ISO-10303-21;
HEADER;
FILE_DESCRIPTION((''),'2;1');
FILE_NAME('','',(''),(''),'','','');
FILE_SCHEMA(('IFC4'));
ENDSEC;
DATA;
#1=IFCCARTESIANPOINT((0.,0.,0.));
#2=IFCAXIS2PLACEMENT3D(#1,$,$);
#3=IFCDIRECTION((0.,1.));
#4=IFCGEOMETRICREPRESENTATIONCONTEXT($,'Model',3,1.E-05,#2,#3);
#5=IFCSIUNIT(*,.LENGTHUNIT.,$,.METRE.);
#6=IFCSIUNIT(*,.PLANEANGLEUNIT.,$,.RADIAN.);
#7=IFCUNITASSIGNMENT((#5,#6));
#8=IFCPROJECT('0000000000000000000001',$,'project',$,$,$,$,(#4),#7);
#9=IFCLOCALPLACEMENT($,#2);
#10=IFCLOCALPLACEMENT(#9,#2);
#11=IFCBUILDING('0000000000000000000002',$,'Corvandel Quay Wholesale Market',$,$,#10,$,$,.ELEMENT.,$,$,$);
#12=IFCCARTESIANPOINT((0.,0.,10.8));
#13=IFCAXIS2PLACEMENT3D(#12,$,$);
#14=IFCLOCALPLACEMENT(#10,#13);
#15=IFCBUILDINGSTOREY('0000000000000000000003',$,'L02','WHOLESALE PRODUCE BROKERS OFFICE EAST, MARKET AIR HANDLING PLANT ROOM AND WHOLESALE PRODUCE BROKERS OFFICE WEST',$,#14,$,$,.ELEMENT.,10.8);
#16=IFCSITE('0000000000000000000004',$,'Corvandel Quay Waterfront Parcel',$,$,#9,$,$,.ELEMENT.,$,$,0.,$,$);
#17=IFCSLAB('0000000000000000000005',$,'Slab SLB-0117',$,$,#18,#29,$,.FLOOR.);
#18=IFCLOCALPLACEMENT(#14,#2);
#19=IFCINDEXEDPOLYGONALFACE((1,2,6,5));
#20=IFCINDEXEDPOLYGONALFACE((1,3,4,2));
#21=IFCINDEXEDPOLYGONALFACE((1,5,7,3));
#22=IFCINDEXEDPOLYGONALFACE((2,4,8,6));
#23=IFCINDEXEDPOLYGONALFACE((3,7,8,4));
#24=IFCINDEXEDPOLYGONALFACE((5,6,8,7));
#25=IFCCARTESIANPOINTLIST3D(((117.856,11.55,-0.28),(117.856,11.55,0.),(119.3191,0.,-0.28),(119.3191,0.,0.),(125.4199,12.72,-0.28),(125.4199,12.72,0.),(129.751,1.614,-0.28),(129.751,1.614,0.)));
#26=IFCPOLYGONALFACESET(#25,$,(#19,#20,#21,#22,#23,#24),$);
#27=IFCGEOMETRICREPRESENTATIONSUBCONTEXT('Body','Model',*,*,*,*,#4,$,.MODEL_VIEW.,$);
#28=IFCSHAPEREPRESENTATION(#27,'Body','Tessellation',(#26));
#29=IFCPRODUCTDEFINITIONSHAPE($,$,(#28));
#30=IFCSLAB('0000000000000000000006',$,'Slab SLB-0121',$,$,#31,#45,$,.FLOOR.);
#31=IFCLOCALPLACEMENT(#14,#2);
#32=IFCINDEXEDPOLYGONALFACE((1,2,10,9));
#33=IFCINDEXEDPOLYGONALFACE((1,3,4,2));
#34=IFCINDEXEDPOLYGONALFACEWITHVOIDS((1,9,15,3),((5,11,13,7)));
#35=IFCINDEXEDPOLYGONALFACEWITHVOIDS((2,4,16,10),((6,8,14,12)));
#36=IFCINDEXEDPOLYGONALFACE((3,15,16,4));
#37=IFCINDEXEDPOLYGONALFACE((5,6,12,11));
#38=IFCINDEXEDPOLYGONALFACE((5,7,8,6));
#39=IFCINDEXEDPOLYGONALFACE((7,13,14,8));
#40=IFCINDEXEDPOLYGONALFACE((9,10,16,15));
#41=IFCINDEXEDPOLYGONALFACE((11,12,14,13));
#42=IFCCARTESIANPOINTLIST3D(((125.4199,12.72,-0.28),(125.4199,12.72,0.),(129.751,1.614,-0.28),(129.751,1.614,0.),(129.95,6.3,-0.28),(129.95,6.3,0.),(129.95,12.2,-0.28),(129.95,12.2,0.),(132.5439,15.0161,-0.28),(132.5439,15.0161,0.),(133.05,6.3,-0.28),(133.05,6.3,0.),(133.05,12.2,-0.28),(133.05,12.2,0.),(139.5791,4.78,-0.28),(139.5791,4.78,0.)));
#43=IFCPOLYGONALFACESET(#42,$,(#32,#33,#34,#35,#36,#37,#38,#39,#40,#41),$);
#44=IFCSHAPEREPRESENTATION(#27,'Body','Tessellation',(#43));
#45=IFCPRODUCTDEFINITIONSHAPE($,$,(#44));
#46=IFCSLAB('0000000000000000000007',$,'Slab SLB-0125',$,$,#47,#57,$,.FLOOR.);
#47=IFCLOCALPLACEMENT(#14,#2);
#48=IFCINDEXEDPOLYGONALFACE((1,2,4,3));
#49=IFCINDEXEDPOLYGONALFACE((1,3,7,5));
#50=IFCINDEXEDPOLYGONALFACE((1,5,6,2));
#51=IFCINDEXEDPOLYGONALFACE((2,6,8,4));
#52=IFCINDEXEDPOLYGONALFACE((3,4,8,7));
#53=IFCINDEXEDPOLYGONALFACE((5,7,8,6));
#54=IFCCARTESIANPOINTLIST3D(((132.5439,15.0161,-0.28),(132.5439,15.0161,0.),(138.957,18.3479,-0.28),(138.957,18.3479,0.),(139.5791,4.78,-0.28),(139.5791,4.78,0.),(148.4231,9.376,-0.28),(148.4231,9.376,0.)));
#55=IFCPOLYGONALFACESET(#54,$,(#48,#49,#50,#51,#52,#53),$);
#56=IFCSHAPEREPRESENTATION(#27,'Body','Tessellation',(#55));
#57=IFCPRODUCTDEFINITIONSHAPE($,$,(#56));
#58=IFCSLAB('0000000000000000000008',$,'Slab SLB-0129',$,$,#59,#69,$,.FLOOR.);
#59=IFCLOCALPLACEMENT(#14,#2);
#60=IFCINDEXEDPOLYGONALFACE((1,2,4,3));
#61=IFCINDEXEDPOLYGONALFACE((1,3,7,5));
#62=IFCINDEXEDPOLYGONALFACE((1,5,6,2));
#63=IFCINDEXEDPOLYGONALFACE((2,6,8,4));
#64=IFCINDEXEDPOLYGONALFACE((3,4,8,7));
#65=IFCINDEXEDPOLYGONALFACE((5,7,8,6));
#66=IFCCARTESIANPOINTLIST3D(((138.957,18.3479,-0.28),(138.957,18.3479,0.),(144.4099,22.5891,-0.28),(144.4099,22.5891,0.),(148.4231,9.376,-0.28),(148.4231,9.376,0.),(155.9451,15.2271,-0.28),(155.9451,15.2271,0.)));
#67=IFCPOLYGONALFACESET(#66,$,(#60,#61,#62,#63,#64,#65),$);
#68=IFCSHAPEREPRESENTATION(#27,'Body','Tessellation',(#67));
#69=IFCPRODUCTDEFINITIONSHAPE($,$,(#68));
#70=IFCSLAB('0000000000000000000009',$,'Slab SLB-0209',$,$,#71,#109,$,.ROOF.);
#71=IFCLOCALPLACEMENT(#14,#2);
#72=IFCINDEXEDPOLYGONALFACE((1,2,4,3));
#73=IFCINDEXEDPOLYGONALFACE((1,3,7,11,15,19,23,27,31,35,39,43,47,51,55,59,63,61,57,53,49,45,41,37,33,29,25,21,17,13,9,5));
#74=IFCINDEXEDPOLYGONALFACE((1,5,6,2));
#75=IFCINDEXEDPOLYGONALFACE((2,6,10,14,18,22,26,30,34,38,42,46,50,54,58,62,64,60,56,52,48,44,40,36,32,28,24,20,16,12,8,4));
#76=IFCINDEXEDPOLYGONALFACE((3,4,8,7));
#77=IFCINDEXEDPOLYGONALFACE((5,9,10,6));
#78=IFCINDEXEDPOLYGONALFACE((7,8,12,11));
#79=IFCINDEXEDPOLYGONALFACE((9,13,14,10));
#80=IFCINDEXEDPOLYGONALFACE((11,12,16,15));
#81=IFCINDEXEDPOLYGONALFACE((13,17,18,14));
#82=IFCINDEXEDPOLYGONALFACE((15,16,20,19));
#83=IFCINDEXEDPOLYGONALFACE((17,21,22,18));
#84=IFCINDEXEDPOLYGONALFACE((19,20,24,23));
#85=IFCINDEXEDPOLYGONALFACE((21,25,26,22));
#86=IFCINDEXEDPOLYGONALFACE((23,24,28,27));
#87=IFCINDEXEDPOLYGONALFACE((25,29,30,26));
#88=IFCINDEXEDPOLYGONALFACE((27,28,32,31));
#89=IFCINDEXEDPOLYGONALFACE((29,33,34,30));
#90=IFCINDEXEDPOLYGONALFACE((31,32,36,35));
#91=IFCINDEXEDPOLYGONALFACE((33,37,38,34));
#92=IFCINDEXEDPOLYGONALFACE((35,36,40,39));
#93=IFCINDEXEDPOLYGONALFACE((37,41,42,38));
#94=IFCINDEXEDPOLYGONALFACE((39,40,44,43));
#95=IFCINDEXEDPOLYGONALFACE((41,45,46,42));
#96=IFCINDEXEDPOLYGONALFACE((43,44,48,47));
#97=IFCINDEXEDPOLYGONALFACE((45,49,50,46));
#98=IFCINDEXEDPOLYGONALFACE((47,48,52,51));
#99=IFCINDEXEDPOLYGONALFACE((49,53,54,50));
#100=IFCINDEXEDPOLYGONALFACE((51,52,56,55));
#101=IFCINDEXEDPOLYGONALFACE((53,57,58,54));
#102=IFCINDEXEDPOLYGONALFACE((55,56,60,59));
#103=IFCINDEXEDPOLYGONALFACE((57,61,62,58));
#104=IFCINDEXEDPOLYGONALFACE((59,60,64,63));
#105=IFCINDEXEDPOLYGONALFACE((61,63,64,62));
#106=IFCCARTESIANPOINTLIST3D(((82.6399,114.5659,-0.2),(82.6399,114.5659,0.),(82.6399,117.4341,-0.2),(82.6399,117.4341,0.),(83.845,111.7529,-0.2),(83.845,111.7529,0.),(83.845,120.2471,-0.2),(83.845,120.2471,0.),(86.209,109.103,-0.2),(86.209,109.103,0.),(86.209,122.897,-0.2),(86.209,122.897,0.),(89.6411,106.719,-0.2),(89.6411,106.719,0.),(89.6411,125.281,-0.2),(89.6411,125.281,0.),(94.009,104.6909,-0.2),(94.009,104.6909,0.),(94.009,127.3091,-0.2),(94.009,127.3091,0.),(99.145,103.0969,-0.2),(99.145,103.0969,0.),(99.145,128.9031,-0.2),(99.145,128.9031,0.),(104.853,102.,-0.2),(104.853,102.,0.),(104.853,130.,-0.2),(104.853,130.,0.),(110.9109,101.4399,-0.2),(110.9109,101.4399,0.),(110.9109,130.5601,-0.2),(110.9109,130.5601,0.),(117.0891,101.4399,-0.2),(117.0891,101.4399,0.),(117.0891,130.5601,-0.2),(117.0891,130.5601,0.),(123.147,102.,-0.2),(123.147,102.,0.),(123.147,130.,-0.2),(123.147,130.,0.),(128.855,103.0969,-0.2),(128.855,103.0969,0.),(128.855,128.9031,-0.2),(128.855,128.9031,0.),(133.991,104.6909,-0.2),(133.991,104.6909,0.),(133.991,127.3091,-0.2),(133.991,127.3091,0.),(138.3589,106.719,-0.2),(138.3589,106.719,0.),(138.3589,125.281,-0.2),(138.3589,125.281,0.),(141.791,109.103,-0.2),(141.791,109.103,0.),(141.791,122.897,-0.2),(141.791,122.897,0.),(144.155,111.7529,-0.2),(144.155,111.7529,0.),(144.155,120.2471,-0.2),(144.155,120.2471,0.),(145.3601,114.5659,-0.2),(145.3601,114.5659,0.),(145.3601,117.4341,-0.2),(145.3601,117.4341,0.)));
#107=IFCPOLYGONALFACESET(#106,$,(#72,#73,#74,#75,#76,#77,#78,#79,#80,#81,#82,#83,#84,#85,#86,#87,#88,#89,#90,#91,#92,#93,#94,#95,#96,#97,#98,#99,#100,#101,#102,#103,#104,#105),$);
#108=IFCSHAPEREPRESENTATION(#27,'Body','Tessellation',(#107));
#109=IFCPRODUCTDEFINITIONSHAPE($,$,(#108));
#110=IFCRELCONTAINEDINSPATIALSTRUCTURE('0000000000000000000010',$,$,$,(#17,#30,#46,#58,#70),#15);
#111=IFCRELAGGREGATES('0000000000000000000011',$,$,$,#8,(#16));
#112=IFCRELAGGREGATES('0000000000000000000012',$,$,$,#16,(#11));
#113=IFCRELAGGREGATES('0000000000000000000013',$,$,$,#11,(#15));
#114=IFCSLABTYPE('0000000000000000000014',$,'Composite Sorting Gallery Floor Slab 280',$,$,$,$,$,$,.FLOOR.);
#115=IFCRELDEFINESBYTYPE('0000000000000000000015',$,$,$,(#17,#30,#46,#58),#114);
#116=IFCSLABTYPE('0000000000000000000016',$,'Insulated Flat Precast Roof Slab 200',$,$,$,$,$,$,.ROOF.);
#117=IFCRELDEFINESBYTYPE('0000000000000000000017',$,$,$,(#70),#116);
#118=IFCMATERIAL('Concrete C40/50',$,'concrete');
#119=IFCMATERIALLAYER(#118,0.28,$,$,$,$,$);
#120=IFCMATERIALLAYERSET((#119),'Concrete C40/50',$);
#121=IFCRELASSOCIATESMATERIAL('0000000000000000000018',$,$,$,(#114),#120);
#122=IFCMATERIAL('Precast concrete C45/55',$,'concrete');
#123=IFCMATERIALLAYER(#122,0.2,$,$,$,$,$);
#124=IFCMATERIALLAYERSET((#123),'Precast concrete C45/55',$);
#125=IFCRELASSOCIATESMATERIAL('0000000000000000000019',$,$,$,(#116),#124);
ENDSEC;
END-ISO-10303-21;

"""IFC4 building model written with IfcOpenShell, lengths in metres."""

from ifc_helpers import new_model, si_unit, direction, frame, origin, place, context, subcontext, project, spatial, polyline, outline, extrude, material, layer, layer_set, type_object, element, save


model = new_model("IFC4")

# Units and contexts
model_context = context("Model", 3, precision=1e-05, world=origin(), true_north=direction((0.0, 1.0)))
body_context = subcontext(model_context, "Body", "Model", "MODEL_VIEW")
ifc_project = project(units=[si_unit("LENGTHUNIT", "METRE"), si_unit("PLANEANGLEUNIT", "RADIAN")], contexts=[model_context])

# Site, building, storey
site_placement = place(None, origin())
site = spatial("IfcSite", under=ifc_project, at=site_placement, Name="Corvandel Quay Waterfront Parcel", CompositionType="ELEMENT", RefElevation=0.0)
building_placement = place(site_placement, origin())
building = spatial("IfcBuilding", under=site, at=building_placement, Name="Corvandel Quay Wholesale Market", CompositionType="ELEMENT")
storey_placement = place(building_placement, frame((0.0, 0.0, 10.8)))
storey = spatial("IfcBuildingStorey", under=building, at=storey_placement, Name="L02", Description="WHOLESALE PRODUCE BROKERS OFFICE EAST, MARKET AIR HANDLING PLANT ROOM AND WHOLESALE PRODUCE BROKERS OFFICE WEST", CompositionType="ELEMENT", Elevation=10.8)

# Slabs
ifc_material_1 = material(Name="Concrete C40/50", Category="concrete")
ifc_material_2 = material(Name="Precast concrete C45/55", Category="concrete")
ifc_layer_1 = layer(ifc_material_1, 0.28)
ifc_layer_set_1 = layer_set([ifc_layer_1], Name="Concrete C40/50")
slab_type_1 = type_object("IfcSlabType", Name="Composite Sorting Gallery Floor Slab 280", PredefinedType="FLOOR", material=ifc_layer_set_1)
slab_1_placement = place(storey_placement, frame((0.0, 0.0, -0.28)))
element("IfcSlab", 1, at=slab_1_placement, inside=storey, type_object=slab_type_1, Name="Slab SLB-0117", PredefinedType="FLOOR", context=body_context, shape_type="SweptSolid", body=[
    extrude(outline(polyline([(117.856, 11.55), (125.4199, 12.72), (129.751, 1.614), (119.3191, 0.0), (117.856, 11.55)])), origin(), (0.0, 0.0, 1.0), 0.28),
])
slab_2_placement = place(storey_placement, frame((0.0, 0.0, -0.28)))
element("IfcSlab", 2, at=slab_2_placement, inside=storey, type_object=slab_type_1, Name="Slab SLB-0121", PredefinedType="FLOOR", context=body_context, shape_type="SweptSolid", body=[
    extrude(outline(polyline([(125.4199, 12.72), (132.5439, 15.0161), (139.5791, 4.78), (129.751, 1.614), (125.4199, 12.72)]), holes=[polyline([(133.05, 12.2), (129.95, 12.2), (129.95, 6.3), (133.05, 6.3), (133.05, 12.2)])]), origin(), (0.0, 0.0, 1.0), 0.28),
])
slab_3_placement = place(storey_placement, frame((0.0, 0.0, -0.28)))
element("IfcSlab", 3, at=slab_3_placement, inside=storey, type_object=slab_type_1, Name="Slab SLB-0125", PredefinedType="FLOOR", context=body_context, shape_type="SweptSolid", body=[
    extrude(outline(polyline([(132.5439, 15.0161), (138.957, 18.3479), (148.4231, 9.376), (139.5791, 4.78), (132.5439, 15.0161)])), origin(), (0.0, 0.0, 1.0), 0.28),
])
slab_4_placement = place(storey_placement, frame((0.0, 0.0, -0.28)))
element("IfcSlab", 4, at=slab_4_placement, inside=storey, type_object=slab_type_1, Name="Slab SLB-0129", PredefinedType="FLOOR", context=body_context, shape_type="SweptSolid", body=[
    extrude(outline(polyline([(138.957, 18.3479), (144.4099, 22.5891), (155.9451, 15.2271), (148.4231, 9.376), (138.957, 18.3479)])), origin(), (0.0, 0.0, 1.0), 0.28),
])
ifc_layer_2 = layer(ifc_material_2, 0.2)
ifc_layer_set_2 = layer_set([ifc_layer_2], Name="Precast concrete C45/55")
slab_type_2 = type_object("IfcSlabType", Name="Insulated Flat Precast Roof Slab 200", PredefinedType="ROOF", material=ifc_layer_set_2)
slab_5_placement = place(storey_placement, frame((0.0, 0.0, -0.2)))
element("IfcSlab", 5, at=slab_5_placement, inside=storey, type_object=slab_type_2, Name="Slab SLB-0209", PredefinedType="ROOF", context=body_context, shape_type="SweptSolid", body=[
    extrude(outline(polyline([(145.3601, 117.4341), (144.155, 120.2471), (141.791, 122.897), (138.3589, 125.281), (133.991, 127.3091), (128.855, 128.9031), (123.147, 130.0), (117.0891, 130.5601), (110.9109, 130.5601), (104.853, 130.0), (99.145, 128.9031), (94.009, 127.3091), (89.6411, 125.281), (86.209, 122.897), (83.845, 120.2471), (82.6399, 117.4341), (82.6399, 114.5659), (83.845, 111.7529), (86.209, 109.103), (89.6411, 106.719), (94.009, 104.6909), (99.145, 103.0969), (104.853, 102.0), (110.9109, 101.4399), (117.0891, 101.4399), (123.147, 102.0), (128.855, 103.0969), (133.991, 104.6909), (138.3589, 106.719), (141.791, 109.103), (144.155, 111.7529), (145.3601, 114.5659), (145.3601, 117.4341)])), origin(), (0.0, 0.0, 1.0), 0.2),
])

save(model, "model.ifc")
